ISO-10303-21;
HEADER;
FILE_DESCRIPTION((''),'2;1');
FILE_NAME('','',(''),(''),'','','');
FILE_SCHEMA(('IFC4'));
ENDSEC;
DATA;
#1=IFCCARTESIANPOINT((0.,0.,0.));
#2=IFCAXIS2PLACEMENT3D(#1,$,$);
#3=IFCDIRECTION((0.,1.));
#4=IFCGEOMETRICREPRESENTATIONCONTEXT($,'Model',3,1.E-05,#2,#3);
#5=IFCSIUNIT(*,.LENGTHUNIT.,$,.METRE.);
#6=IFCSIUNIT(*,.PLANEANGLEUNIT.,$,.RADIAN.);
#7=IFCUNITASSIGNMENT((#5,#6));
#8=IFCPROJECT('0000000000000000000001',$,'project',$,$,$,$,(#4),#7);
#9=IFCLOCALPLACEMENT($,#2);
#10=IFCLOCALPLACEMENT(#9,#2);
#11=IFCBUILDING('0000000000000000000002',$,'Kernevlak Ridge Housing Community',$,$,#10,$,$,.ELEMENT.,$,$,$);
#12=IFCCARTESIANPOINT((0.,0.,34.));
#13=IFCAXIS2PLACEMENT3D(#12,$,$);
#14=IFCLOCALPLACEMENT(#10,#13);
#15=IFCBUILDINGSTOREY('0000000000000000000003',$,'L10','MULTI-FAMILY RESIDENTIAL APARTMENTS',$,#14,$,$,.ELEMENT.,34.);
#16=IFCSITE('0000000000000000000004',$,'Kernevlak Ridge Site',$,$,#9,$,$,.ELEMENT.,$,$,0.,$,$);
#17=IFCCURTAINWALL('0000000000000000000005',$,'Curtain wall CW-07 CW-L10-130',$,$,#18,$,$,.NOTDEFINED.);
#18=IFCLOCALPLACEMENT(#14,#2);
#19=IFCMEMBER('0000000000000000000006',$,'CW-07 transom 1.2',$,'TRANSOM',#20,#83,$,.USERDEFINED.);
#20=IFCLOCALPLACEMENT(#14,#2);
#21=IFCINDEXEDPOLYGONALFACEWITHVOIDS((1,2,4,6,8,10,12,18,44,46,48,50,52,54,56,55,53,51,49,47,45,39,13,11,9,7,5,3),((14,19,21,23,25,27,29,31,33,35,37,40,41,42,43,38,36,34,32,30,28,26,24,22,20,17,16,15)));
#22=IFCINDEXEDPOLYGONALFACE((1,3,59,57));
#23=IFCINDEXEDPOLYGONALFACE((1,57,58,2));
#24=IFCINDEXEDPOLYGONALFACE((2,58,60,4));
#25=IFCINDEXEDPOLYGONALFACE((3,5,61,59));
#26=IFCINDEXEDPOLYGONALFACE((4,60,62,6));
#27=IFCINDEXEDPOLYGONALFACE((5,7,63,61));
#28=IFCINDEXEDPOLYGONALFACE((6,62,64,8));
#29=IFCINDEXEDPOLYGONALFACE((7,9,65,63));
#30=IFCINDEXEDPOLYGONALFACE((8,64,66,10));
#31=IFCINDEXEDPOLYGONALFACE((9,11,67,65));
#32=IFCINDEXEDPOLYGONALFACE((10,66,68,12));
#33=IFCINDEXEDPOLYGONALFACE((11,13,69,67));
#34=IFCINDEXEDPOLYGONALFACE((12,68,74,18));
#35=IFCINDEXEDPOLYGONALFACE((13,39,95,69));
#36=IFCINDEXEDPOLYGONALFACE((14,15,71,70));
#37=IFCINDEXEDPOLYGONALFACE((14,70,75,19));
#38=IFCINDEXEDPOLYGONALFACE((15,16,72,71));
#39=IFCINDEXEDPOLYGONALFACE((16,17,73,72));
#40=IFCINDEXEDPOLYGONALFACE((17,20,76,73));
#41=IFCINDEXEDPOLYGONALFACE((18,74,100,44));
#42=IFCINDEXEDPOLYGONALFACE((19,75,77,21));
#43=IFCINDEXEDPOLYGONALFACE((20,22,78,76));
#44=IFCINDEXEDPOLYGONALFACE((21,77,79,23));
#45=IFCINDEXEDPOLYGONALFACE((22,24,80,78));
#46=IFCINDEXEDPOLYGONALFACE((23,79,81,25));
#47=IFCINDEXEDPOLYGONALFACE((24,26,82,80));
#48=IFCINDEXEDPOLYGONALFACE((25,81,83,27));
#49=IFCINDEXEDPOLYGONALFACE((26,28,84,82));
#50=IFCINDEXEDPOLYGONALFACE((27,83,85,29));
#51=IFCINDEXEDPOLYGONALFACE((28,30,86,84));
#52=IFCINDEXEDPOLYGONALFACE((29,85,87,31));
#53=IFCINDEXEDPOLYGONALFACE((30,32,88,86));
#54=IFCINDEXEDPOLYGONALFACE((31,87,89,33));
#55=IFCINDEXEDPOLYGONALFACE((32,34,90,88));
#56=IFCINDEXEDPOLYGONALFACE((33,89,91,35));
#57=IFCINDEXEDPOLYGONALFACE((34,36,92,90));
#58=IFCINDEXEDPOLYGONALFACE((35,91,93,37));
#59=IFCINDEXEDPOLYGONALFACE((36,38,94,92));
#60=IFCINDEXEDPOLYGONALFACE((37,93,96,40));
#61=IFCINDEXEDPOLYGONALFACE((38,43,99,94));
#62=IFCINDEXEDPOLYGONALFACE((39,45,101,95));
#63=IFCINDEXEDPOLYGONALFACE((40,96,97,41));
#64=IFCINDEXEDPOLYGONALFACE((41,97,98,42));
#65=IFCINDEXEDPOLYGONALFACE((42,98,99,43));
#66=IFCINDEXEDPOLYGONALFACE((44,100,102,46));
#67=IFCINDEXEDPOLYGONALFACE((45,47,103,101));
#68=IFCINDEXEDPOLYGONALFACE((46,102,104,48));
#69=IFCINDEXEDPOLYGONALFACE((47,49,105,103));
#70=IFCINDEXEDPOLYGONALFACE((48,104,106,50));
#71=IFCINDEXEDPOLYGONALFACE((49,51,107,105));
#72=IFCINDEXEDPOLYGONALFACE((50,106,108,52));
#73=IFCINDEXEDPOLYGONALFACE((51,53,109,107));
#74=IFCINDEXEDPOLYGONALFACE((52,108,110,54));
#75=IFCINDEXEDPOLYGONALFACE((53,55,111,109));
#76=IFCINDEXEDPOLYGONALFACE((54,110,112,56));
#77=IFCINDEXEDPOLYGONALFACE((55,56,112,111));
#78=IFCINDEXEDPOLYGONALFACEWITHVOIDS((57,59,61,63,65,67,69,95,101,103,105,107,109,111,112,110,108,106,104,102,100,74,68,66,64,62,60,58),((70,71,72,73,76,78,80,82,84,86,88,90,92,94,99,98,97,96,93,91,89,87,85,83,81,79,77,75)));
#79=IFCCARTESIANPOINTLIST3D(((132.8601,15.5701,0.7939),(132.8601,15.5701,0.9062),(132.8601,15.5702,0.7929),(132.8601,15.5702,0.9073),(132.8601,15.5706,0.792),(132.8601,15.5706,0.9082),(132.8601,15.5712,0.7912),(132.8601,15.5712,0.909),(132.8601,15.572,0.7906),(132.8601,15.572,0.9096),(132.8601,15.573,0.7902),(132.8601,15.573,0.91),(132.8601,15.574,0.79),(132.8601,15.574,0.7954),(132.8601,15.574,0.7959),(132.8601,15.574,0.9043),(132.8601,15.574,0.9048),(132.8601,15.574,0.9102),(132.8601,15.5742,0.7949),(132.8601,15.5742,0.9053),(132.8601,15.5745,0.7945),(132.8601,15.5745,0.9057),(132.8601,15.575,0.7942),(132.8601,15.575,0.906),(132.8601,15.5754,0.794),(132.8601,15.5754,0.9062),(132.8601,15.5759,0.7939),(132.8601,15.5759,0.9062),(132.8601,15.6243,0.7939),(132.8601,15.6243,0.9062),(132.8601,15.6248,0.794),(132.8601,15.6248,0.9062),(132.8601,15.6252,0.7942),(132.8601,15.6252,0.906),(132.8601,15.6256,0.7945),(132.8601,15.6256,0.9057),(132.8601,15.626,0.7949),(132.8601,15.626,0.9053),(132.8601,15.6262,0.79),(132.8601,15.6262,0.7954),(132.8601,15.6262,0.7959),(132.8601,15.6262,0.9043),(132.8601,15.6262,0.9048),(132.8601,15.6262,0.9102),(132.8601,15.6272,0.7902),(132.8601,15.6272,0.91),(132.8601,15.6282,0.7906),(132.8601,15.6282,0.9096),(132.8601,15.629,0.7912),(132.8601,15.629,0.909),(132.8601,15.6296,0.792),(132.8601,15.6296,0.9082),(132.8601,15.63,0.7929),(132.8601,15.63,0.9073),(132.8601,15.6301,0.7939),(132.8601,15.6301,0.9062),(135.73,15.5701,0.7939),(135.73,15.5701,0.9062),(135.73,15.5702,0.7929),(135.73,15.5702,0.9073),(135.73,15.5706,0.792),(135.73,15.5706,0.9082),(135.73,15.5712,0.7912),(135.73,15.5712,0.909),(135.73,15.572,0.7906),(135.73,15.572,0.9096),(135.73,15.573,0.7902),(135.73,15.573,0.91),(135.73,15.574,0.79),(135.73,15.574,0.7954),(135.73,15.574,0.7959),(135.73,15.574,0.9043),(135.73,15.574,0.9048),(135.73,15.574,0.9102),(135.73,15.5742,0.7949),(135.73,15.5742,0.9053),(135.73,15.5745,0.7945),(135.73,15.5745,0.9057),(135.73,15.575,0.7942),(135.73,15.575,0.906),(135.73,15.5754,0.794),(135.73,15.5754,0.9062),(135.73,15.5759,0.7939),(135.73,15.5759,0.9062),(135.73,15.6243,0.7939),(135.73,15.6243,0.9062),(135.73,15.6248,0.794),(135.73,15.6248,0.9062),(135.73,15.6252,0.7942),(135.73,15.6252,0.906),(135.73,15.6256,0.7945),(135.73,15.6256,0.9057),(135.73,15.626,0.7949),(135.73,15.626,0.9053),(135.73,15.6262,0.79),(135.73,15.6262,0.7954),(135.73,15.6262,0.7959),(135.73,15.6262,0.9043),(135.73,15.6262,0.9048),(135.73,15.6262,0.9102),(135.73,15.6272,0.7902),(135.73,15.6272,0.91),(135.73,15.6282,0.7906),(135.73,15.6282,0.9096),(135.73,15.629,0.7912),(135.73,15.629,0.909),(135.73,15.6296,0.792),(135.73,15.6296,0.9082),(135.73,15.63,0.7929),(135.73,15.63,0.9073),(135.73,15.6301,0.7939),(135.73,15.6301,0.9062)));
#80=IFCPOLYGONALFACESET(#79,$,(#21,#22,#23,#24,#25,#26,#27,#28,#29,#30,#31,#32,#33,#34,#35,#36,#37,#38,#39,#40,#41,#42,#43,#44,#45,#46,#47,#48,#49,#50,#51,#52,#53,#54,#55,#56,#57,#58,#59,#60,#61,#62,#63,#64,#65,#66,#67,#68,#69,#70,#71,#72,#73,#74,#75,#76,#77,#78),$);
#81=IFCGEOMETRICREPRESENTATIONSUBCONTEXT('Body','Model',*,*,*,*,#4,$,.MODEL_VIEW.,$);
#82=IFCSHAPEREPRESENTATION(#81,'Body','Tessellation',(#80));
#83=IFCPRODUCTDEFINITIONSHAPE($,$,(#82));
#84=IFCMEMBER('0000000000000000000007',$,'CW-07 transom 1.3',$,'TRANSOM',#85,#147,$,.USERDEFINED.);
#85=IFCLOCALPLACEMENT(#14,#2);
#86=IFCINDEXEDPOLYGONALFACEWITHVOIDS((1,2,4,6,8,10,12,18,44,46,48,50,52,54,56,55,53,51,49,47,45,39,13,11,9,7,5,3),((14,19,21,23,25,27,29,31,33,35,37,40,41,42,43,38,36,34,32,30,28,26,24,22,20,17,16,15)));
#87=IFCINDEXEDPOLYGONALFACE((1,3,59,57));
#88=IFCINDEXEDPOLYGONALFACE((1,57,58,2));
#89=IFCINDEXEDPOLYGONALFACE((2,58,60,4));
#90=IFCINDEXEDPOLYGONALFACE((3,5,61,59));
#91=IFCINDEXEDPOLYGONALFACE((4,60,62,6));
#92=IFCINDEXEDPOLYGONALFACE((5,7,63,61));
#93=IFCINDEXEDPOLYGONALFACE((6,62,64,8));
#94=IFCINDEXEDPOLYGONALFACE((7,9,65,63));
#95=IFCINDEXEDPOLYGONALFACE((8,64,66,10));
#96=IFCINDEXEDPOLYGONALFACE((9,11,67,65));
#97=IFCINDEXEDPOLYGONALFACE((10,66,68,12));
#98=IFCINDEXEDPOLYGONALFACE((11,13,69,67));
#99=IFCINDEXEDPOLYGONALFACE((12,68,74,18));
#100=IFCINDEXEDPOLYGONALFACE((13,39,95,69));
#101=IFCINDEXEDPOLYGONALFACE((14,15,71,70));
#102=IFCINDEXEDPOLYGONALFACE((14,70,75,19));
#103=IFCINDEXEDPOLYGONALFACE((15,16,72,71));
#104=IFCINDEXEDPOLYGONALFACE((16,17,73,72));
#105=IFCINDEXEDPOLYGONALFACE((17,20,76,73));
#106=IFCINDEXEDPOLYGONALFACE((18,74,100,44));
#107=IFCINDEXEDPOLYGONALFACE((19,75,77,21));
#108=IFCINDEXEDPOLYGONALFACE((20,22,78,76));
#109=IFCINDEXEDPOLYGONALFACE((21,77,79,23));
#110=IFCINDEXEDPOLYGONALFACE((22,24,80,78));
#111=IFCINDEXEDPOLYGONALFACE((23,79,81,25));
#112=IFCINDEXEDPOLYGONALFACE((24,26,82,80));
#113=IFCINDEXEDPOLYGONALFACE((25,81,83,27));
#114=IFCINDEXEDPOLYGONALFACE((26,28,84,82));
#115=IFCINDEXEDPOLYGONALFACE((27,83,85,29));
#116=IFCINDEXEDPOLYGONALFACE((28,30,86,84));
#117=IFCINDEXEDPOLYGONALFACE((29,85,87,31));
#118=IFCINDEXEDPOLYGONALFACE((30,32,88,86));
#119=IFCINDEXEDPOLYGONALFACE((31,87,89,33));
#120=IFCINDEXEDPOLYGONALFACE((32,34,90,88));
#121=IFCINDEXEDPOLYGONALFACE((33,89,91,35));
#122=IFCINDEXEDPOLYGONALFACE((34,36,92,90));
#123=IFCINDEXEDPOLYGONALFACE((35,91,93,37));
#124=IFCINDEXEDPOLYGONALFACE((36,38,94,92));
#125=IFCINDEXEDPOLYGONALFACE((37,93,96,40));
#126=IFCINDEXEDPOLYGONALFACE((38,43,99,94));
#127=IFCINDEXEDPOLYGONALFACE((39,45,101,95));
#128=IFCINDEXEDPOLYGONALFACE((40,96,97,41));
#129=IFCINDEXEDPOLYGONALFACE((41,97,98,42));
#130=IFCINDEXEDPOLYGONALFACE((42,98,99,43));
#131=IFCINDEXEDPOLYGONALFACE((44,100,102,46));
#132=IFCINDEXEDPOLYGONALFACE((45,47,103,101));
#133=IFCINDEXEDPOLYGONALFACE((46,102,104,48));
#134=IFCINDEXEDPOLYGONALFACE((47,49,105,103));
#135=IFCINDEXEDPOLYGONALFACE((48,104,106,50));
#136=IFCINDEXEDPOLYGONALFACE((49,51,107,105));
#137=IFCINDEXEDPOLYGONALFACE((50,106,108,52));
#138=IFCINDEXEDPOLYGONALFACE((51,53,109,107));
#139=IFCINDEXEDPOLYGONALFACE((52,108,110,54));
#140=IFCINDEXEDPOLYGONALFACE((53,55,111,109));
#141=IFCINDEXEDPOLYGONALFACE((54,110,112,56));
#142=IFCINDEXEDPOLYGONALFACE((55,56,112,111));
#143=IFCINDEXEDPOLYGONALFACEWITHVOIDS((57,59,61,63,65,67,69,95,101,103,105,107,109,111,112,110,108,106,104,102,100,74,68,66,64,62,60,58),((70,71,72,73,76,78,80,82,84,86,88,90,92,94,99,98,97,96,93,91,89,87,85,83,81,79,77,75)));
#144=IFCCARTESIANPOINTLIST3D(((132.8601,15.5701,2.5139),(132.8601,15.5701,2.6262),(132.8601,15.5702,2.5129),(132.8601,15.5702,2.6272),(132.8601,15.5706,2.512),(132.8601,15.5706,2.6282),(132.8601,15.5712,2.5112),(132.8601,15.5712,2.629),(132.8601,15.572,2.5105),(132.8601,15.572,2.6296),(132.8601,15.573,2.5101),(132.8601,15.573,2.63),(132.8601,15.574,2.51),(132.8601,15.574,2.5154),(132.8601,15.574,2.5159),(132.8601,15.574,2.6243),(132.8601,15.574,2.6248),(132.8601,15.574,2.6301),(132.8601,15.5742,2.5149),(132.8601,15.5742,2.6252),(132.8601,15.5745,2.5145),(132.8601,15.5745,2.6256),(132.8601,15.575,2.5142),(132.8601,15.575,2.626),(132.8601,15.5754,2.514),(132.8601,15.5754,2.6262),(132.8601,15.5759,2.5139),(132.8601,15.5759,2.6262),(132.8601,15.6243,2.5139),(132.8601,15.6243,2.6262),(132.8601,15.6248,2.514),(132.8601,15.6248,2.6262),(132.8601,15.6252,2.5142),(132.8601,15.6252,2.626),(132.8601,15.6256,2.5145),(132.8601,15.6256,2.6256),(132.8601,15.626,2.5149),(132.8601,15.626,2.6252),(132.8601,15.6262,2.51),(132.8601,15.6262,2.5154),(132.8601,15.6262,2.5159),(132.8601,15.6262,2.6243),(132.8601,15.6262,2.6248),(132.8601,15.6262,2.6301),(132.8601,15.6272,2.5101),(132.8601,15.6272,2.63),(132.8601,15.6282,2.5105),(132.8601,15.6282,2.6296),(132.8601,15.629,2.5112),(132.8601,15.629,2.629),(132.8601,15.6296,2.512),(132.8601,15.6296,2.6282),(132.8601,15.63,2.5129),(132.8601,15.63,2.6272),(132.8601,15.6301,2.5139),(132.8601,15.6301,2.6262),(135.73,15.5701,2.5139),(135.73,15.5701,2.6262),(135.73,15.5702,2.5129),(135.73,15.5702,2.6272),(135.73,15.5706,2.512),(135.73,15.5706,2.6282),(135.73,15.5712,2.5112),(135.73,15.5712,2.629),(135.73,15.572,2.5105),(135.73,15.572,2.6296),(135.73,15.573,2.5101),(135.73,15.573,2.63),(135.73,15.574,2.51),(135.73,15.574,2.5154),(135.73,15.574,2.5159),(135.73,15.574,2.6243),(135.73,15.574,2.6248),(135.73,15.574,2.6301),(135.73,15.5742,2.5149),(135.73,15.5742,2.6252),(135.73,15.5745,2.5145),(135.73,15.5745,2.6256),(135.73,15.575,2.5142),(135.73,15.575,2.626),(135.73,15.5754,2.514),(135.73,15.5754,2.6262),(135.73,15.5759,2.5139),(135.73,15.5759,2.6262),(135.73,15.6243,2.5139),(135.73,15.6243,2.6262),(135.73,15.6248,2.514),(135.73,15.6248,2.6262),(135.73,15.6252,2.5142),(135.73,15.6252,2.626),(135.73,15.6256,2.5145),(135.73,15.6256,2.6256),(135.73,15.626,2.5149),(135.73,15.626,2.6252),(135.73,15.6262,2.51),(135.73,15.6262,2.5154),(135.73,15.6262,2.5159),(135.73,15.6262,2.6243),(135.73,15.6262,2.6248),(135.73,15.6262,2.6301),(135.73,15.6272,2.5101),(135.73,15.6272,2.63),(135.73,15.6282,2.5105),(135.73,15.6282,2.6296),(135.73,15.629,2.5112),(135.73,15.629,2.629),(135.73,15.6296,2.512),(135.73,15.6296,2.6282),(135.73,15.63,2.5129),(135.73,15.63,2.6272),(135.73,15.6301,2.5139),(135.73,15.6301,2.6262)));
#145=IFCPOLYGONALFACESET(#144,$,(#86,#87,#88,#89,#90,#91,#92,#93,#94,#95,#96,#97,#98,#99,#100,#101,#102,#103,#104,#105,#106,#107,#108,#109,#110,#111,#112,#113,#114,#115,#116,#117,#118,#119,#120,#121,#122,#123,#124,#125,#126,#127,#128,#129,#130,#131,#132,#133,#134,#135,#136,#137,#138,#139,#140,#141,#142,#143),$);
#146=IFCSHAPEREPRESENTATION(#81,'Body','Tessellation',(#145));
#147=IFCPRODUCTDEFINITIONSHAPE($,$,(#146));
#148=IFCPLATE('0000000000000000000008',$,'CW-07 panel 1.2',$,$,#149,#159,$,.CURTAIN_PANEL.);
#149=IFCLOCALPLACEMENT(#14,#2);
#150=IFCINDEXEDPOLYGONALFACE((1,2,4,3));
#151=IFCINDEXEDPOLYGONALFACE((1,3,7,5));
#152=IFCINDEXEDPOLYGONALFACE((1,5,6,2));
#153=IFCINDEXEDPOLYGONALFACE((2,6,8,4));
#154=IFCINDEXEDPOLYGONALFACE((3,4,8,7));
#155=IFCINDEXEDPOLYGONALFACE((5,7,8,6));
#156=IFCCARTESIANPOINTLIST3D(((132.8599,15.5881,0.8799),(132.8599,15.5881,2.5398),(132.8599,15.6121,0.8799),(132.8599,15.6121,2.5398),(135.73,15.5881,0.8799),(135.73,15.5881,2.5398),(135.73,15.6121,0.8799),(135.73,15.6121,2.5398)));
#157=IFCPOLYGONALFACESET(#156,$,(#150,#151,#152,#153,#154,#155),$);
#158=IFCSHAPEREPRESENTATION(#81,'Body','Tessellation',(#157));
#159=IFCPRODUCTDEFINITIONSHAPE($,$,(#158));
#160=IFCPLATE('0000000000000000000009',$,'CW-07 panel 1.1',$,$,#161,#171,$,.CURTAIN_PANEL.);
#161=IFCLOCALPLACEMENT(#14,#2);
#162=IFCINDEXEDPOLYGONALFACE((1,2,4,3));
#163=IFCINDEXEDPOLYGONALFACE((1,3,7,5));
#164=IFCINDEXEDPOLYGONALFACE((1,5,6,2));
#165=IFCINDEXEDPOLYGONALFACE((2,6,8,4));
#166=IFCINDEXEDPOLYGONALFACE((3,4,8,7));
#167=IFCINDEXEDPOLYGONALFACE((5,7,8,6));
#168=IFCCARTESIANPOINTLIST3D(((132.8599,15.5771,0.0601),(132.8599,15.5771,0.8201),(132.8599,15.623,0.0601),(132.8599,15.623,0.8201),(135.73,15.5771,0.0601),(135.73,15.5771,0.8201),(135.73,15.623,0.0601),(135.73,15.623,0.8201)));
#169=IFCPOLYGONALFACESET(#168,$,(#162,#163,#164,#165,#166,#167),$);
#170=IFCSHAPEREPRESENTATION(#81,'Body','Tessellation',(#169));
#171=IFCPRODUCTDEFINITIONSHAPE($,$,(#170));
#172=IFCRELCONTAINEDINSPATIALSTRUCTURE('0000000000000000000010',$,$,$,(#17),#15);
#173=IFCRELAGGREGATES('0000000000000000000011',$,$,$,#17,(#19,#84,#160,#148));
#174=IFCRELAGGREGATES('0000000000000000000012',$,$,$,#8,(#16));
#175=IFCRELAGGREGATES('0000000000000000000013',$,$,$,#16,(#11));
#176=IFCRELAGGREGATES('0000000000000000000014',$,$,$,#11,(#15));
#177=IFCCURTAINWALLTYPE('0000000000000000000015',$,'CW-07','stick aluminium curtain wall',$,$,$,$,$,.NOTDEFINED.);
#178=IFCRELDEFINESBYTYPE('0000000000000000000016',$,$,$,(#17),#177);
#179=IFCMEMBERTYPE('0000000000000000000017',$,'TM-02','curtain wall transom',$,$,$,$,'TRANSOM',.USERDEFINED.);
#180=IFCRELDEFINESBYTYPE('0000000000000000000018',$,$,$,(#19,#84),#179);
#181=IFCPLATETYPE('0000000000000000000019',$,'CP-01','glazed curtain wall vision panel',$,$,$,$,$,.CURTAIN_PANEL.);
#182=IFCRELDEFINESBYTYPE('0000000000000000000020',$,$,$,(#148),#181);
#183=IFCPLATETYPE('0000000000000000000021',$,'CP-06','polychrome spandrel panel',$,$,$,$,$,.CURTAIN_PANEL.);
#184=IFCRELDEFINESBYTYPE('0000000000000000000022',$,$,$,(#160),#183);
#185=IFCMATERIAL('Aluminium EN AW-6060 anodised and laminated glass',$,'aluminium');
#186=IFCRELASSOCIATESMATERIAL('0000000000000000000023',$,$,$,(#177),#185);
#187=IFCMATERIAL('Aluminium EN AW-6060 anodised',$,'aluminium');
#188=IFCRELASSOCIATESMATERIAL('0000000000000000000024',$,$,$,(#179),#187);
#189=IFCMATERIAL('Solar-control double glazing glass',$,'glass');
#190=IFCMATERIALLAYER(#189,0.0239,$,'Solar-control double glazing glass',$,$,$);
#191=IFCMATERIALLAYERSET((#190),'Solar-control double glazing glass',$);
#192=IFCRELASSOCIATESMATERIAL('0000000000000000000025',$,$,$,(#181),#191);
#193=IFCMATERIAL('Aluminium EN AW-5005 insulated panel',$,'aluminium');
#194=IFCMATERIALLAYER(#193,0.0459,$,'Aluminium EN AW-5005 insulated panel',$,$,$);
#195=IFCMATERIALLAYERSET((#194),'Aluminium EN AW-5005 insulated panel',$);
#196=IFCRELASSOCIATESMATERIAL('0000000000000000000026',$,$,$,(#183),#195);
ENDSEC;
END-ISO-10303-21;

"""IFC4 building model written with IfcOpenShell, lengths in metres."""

from ifc_helpers import new_model, si_unit, direction, frame, origin, origin_2d, place, context, subcontext, project, spatial, rectangle, hollow_rectangle, extrude, material, layer, layer_set, material_profile, profile_set, type_object, element, aggregate, save


model = new_model("IFC4")

# Units and contexts
model_context = context("Model", 3, precision=1e-05, world=origin(), true_north=direction((0.0, 1.0)))
body_context = subcontext(model_context, "Body", "Model", "MODEL_VIEW")
ifc_project = project(units=[si_unit("LENGTHUNIT", "METRE"), si_unit("PLANEANGLEUNIT", "RADIAN")], contexts=[model_context])

# Site, building, storey
site_placement = place(None, origin())
site = spatial("IfcSite", under=ifc_project, at=site_placement, Name="Kernevlak Ridge Site", CompositionType="ELEMENT", RefElevation=0.0)
building_placement = place(site_placement, origin())
building = spatial("IfcBuilding", under=site, at=building_placement, Name="Kernevlak Ridge Housing Community", CompositionType="ELEMENT")
storey_placement = place(building_placement, frame((0.0, 0.0, 34.0)))
storey = spatial("IfcBuildingStorey", under=building, at=storey_placement, Name="L10", Description="MULTI-FAMILY RESIDENTIAL APARTMENTS", CompositionType="ELEMENT", Elevation=34.0)

# Curtain wall
ifc_material_1 = material(Name="Aluminium EN AW-6060 anodised and laminated glass", Category="aluminium")
curtain_wall_type_1 = type_object("IfcCurtainWallType", Name="CW-07", Description="stick aluminium curtain wall", PredefinedType="NOTDEFINED", material=ifc_material_1)
curtain_wall_1_placement = place(storey_placement, origin())
curtain_wall_1 = element("IfcCurtainWall", 1, at=curtain_wall_1_placement, inside=storey, type_object=curtain_wall_type_1, Name="Curtain wall CW-07 CW-L10-130", PredefinedType="NOTDEFINED")
ifc_material_2 = material(Name="Aluminium EN AW-6060 anodised", Category="aluminium")

# Members
ifc_material_profile_1 = material_profile(ifc_material_2, hollow_rectangle(XDim=0.0601, YDim=0.1201, WallThickness=0.0039, InnerFilletRadius=0.002, OuterFilletRadius=0.0039, at=origin_2d()), Name="ALU 60x120x4")
ifc_profile_set_1 = profile_set([ifc_material_profile_1], Name="Aluminium EN AW-6060 anodised")
member_type_1 = type_object("IfcMemberType", Name="TM-02", Description="curtain wall transom", ElementType="TRANSOM", PredefinedType="USERDEFINED", material=ifc_profile_set_1)
member_1_placement = place(storey_placement, frame((132.8601, 15.6001, 0.8501), z_axis=(1.0, 0.0, 0.0), x_axis=(0.0, 1.0, 0.0)))
member_1 = element("IfcMember", 2, at=member_1_placement, type_object=member_type_1, Name="CW-07 transom 1.2", ObjectType="TRANSOM", PredefinedType="USERDEFINED", context=body_context, shape_type="SweptSolid", body=[
    extrude(hollow_rectangle(XDim=0.0601, YDim=0.1201, WallThickness=0.0039, InnerFilletRadius=0.002, OuterFilletRadius=0.0039, at=origin_2d()), origin(), (0.0, 0.0, 1.0), 2.8699),
])
member_2_placement = place(storey_placement, frame((132.8601, 15.6001, 2.5701), z_axis=(1.0, 0.0, 0.0), x_axis=(0.0, 1.0, 0.0)))
member_2 = element("IfcMember", 3, at=member_2_placement, type_object=member_type_1, Name="CW-07 transom 1.3", ObjectType="TRANSOM", PredefinedType="USERDEFINED", context=body_context, shape_type="SweptSolid", body=[
    extrude(hollow_rectangle(XDim=0.0601, YDim=0.1201, WallThickness=0.0039, InnerFilletRadius=0.002, OuterFilletRadius=0.0039, at=origin_2d()), origin(), (0.0, 0.0, 1.0), 2.8699),
])

# Plates
ifc_material_3 = material(Name="Solar-control double glazing glass", Category="glass")
ifc_layer_1 = layer(ifc_material_3, 0.0239, Name="Solar-control double glazing glass")
ifc_layer_set_1 = layer_set([ifc_layer_1], Name="Solar-control double glazing glass")
plate_type_1 = type_object("IfcPlateType", Name="CP-01", Description="glazed curtain wall vision panel", PredefinedType="CURTAIN_PANEL", material=ifc_layer_set_1)
plate_1_placement = place(storey_placement, frame((134.2949, 15.6001, 0.8799), z_axis=(0.0, 0.0, 1.0), x_axis=(1.0, 0.0, 0.0)))
plate_1 = element("IfcPlate", 4, at=plate_1_placement, type_object=plate_type_1, Name="CW-07 panel 1.2", PredefinedType="CURTAIN_PANEL", context=body_context, shape_type="SweptSolid", body=[
    extrude(rectangle(XDim=2.8701, YDim=0.0239, at=origin_2d()), origin(), (0.0, 0.0, 1.0), 1.6599),
])
ifc_material_4 = material(Name="Aluminium EN AW-5005 insulated panel", Category="aluminium")
ifc_layer_2 = layer(ifc_material_4, 0.0459, Name="Aluminium EN AW-5005 insulated panel")
ifc_layer_set_2 = layer_set([ifc_layer_2], Name="Aluminium EN AW-5005 insulated panel")
plate_type_2 = type_object("IfcPlateType", Name="CP-06", Description="polychrome spandrel panel", PredefinedType="CURTAIN_PANEL", material=ifc_layer_set_2)
plate_2_placement = place(storey_placement, frame((134.2949, 15.6001, 0.0601), z_axis=(0.0, 0.0, 1.0), x_axis=(1.0, 0.0, 0.0)))
plate_2 = element("IfcPlate", 5, at=plate_2_placement, type_object=plate_type_2, Name="CW-07 panel 1.1", PredefinedType="CURTAIN_PANEL", context=body_context, shape_type="SweptSolid", body=[
    extrude(rectangle(XDim=2.8701, YDim=0.0459, at=origin_2d()), origin(), (0.0, 0.0, 1.0), 0.76),
])
aggregate(curtain_wall_1, [member_1, member_2, plate_2, plate_1])

save(model, "model.ifc")
